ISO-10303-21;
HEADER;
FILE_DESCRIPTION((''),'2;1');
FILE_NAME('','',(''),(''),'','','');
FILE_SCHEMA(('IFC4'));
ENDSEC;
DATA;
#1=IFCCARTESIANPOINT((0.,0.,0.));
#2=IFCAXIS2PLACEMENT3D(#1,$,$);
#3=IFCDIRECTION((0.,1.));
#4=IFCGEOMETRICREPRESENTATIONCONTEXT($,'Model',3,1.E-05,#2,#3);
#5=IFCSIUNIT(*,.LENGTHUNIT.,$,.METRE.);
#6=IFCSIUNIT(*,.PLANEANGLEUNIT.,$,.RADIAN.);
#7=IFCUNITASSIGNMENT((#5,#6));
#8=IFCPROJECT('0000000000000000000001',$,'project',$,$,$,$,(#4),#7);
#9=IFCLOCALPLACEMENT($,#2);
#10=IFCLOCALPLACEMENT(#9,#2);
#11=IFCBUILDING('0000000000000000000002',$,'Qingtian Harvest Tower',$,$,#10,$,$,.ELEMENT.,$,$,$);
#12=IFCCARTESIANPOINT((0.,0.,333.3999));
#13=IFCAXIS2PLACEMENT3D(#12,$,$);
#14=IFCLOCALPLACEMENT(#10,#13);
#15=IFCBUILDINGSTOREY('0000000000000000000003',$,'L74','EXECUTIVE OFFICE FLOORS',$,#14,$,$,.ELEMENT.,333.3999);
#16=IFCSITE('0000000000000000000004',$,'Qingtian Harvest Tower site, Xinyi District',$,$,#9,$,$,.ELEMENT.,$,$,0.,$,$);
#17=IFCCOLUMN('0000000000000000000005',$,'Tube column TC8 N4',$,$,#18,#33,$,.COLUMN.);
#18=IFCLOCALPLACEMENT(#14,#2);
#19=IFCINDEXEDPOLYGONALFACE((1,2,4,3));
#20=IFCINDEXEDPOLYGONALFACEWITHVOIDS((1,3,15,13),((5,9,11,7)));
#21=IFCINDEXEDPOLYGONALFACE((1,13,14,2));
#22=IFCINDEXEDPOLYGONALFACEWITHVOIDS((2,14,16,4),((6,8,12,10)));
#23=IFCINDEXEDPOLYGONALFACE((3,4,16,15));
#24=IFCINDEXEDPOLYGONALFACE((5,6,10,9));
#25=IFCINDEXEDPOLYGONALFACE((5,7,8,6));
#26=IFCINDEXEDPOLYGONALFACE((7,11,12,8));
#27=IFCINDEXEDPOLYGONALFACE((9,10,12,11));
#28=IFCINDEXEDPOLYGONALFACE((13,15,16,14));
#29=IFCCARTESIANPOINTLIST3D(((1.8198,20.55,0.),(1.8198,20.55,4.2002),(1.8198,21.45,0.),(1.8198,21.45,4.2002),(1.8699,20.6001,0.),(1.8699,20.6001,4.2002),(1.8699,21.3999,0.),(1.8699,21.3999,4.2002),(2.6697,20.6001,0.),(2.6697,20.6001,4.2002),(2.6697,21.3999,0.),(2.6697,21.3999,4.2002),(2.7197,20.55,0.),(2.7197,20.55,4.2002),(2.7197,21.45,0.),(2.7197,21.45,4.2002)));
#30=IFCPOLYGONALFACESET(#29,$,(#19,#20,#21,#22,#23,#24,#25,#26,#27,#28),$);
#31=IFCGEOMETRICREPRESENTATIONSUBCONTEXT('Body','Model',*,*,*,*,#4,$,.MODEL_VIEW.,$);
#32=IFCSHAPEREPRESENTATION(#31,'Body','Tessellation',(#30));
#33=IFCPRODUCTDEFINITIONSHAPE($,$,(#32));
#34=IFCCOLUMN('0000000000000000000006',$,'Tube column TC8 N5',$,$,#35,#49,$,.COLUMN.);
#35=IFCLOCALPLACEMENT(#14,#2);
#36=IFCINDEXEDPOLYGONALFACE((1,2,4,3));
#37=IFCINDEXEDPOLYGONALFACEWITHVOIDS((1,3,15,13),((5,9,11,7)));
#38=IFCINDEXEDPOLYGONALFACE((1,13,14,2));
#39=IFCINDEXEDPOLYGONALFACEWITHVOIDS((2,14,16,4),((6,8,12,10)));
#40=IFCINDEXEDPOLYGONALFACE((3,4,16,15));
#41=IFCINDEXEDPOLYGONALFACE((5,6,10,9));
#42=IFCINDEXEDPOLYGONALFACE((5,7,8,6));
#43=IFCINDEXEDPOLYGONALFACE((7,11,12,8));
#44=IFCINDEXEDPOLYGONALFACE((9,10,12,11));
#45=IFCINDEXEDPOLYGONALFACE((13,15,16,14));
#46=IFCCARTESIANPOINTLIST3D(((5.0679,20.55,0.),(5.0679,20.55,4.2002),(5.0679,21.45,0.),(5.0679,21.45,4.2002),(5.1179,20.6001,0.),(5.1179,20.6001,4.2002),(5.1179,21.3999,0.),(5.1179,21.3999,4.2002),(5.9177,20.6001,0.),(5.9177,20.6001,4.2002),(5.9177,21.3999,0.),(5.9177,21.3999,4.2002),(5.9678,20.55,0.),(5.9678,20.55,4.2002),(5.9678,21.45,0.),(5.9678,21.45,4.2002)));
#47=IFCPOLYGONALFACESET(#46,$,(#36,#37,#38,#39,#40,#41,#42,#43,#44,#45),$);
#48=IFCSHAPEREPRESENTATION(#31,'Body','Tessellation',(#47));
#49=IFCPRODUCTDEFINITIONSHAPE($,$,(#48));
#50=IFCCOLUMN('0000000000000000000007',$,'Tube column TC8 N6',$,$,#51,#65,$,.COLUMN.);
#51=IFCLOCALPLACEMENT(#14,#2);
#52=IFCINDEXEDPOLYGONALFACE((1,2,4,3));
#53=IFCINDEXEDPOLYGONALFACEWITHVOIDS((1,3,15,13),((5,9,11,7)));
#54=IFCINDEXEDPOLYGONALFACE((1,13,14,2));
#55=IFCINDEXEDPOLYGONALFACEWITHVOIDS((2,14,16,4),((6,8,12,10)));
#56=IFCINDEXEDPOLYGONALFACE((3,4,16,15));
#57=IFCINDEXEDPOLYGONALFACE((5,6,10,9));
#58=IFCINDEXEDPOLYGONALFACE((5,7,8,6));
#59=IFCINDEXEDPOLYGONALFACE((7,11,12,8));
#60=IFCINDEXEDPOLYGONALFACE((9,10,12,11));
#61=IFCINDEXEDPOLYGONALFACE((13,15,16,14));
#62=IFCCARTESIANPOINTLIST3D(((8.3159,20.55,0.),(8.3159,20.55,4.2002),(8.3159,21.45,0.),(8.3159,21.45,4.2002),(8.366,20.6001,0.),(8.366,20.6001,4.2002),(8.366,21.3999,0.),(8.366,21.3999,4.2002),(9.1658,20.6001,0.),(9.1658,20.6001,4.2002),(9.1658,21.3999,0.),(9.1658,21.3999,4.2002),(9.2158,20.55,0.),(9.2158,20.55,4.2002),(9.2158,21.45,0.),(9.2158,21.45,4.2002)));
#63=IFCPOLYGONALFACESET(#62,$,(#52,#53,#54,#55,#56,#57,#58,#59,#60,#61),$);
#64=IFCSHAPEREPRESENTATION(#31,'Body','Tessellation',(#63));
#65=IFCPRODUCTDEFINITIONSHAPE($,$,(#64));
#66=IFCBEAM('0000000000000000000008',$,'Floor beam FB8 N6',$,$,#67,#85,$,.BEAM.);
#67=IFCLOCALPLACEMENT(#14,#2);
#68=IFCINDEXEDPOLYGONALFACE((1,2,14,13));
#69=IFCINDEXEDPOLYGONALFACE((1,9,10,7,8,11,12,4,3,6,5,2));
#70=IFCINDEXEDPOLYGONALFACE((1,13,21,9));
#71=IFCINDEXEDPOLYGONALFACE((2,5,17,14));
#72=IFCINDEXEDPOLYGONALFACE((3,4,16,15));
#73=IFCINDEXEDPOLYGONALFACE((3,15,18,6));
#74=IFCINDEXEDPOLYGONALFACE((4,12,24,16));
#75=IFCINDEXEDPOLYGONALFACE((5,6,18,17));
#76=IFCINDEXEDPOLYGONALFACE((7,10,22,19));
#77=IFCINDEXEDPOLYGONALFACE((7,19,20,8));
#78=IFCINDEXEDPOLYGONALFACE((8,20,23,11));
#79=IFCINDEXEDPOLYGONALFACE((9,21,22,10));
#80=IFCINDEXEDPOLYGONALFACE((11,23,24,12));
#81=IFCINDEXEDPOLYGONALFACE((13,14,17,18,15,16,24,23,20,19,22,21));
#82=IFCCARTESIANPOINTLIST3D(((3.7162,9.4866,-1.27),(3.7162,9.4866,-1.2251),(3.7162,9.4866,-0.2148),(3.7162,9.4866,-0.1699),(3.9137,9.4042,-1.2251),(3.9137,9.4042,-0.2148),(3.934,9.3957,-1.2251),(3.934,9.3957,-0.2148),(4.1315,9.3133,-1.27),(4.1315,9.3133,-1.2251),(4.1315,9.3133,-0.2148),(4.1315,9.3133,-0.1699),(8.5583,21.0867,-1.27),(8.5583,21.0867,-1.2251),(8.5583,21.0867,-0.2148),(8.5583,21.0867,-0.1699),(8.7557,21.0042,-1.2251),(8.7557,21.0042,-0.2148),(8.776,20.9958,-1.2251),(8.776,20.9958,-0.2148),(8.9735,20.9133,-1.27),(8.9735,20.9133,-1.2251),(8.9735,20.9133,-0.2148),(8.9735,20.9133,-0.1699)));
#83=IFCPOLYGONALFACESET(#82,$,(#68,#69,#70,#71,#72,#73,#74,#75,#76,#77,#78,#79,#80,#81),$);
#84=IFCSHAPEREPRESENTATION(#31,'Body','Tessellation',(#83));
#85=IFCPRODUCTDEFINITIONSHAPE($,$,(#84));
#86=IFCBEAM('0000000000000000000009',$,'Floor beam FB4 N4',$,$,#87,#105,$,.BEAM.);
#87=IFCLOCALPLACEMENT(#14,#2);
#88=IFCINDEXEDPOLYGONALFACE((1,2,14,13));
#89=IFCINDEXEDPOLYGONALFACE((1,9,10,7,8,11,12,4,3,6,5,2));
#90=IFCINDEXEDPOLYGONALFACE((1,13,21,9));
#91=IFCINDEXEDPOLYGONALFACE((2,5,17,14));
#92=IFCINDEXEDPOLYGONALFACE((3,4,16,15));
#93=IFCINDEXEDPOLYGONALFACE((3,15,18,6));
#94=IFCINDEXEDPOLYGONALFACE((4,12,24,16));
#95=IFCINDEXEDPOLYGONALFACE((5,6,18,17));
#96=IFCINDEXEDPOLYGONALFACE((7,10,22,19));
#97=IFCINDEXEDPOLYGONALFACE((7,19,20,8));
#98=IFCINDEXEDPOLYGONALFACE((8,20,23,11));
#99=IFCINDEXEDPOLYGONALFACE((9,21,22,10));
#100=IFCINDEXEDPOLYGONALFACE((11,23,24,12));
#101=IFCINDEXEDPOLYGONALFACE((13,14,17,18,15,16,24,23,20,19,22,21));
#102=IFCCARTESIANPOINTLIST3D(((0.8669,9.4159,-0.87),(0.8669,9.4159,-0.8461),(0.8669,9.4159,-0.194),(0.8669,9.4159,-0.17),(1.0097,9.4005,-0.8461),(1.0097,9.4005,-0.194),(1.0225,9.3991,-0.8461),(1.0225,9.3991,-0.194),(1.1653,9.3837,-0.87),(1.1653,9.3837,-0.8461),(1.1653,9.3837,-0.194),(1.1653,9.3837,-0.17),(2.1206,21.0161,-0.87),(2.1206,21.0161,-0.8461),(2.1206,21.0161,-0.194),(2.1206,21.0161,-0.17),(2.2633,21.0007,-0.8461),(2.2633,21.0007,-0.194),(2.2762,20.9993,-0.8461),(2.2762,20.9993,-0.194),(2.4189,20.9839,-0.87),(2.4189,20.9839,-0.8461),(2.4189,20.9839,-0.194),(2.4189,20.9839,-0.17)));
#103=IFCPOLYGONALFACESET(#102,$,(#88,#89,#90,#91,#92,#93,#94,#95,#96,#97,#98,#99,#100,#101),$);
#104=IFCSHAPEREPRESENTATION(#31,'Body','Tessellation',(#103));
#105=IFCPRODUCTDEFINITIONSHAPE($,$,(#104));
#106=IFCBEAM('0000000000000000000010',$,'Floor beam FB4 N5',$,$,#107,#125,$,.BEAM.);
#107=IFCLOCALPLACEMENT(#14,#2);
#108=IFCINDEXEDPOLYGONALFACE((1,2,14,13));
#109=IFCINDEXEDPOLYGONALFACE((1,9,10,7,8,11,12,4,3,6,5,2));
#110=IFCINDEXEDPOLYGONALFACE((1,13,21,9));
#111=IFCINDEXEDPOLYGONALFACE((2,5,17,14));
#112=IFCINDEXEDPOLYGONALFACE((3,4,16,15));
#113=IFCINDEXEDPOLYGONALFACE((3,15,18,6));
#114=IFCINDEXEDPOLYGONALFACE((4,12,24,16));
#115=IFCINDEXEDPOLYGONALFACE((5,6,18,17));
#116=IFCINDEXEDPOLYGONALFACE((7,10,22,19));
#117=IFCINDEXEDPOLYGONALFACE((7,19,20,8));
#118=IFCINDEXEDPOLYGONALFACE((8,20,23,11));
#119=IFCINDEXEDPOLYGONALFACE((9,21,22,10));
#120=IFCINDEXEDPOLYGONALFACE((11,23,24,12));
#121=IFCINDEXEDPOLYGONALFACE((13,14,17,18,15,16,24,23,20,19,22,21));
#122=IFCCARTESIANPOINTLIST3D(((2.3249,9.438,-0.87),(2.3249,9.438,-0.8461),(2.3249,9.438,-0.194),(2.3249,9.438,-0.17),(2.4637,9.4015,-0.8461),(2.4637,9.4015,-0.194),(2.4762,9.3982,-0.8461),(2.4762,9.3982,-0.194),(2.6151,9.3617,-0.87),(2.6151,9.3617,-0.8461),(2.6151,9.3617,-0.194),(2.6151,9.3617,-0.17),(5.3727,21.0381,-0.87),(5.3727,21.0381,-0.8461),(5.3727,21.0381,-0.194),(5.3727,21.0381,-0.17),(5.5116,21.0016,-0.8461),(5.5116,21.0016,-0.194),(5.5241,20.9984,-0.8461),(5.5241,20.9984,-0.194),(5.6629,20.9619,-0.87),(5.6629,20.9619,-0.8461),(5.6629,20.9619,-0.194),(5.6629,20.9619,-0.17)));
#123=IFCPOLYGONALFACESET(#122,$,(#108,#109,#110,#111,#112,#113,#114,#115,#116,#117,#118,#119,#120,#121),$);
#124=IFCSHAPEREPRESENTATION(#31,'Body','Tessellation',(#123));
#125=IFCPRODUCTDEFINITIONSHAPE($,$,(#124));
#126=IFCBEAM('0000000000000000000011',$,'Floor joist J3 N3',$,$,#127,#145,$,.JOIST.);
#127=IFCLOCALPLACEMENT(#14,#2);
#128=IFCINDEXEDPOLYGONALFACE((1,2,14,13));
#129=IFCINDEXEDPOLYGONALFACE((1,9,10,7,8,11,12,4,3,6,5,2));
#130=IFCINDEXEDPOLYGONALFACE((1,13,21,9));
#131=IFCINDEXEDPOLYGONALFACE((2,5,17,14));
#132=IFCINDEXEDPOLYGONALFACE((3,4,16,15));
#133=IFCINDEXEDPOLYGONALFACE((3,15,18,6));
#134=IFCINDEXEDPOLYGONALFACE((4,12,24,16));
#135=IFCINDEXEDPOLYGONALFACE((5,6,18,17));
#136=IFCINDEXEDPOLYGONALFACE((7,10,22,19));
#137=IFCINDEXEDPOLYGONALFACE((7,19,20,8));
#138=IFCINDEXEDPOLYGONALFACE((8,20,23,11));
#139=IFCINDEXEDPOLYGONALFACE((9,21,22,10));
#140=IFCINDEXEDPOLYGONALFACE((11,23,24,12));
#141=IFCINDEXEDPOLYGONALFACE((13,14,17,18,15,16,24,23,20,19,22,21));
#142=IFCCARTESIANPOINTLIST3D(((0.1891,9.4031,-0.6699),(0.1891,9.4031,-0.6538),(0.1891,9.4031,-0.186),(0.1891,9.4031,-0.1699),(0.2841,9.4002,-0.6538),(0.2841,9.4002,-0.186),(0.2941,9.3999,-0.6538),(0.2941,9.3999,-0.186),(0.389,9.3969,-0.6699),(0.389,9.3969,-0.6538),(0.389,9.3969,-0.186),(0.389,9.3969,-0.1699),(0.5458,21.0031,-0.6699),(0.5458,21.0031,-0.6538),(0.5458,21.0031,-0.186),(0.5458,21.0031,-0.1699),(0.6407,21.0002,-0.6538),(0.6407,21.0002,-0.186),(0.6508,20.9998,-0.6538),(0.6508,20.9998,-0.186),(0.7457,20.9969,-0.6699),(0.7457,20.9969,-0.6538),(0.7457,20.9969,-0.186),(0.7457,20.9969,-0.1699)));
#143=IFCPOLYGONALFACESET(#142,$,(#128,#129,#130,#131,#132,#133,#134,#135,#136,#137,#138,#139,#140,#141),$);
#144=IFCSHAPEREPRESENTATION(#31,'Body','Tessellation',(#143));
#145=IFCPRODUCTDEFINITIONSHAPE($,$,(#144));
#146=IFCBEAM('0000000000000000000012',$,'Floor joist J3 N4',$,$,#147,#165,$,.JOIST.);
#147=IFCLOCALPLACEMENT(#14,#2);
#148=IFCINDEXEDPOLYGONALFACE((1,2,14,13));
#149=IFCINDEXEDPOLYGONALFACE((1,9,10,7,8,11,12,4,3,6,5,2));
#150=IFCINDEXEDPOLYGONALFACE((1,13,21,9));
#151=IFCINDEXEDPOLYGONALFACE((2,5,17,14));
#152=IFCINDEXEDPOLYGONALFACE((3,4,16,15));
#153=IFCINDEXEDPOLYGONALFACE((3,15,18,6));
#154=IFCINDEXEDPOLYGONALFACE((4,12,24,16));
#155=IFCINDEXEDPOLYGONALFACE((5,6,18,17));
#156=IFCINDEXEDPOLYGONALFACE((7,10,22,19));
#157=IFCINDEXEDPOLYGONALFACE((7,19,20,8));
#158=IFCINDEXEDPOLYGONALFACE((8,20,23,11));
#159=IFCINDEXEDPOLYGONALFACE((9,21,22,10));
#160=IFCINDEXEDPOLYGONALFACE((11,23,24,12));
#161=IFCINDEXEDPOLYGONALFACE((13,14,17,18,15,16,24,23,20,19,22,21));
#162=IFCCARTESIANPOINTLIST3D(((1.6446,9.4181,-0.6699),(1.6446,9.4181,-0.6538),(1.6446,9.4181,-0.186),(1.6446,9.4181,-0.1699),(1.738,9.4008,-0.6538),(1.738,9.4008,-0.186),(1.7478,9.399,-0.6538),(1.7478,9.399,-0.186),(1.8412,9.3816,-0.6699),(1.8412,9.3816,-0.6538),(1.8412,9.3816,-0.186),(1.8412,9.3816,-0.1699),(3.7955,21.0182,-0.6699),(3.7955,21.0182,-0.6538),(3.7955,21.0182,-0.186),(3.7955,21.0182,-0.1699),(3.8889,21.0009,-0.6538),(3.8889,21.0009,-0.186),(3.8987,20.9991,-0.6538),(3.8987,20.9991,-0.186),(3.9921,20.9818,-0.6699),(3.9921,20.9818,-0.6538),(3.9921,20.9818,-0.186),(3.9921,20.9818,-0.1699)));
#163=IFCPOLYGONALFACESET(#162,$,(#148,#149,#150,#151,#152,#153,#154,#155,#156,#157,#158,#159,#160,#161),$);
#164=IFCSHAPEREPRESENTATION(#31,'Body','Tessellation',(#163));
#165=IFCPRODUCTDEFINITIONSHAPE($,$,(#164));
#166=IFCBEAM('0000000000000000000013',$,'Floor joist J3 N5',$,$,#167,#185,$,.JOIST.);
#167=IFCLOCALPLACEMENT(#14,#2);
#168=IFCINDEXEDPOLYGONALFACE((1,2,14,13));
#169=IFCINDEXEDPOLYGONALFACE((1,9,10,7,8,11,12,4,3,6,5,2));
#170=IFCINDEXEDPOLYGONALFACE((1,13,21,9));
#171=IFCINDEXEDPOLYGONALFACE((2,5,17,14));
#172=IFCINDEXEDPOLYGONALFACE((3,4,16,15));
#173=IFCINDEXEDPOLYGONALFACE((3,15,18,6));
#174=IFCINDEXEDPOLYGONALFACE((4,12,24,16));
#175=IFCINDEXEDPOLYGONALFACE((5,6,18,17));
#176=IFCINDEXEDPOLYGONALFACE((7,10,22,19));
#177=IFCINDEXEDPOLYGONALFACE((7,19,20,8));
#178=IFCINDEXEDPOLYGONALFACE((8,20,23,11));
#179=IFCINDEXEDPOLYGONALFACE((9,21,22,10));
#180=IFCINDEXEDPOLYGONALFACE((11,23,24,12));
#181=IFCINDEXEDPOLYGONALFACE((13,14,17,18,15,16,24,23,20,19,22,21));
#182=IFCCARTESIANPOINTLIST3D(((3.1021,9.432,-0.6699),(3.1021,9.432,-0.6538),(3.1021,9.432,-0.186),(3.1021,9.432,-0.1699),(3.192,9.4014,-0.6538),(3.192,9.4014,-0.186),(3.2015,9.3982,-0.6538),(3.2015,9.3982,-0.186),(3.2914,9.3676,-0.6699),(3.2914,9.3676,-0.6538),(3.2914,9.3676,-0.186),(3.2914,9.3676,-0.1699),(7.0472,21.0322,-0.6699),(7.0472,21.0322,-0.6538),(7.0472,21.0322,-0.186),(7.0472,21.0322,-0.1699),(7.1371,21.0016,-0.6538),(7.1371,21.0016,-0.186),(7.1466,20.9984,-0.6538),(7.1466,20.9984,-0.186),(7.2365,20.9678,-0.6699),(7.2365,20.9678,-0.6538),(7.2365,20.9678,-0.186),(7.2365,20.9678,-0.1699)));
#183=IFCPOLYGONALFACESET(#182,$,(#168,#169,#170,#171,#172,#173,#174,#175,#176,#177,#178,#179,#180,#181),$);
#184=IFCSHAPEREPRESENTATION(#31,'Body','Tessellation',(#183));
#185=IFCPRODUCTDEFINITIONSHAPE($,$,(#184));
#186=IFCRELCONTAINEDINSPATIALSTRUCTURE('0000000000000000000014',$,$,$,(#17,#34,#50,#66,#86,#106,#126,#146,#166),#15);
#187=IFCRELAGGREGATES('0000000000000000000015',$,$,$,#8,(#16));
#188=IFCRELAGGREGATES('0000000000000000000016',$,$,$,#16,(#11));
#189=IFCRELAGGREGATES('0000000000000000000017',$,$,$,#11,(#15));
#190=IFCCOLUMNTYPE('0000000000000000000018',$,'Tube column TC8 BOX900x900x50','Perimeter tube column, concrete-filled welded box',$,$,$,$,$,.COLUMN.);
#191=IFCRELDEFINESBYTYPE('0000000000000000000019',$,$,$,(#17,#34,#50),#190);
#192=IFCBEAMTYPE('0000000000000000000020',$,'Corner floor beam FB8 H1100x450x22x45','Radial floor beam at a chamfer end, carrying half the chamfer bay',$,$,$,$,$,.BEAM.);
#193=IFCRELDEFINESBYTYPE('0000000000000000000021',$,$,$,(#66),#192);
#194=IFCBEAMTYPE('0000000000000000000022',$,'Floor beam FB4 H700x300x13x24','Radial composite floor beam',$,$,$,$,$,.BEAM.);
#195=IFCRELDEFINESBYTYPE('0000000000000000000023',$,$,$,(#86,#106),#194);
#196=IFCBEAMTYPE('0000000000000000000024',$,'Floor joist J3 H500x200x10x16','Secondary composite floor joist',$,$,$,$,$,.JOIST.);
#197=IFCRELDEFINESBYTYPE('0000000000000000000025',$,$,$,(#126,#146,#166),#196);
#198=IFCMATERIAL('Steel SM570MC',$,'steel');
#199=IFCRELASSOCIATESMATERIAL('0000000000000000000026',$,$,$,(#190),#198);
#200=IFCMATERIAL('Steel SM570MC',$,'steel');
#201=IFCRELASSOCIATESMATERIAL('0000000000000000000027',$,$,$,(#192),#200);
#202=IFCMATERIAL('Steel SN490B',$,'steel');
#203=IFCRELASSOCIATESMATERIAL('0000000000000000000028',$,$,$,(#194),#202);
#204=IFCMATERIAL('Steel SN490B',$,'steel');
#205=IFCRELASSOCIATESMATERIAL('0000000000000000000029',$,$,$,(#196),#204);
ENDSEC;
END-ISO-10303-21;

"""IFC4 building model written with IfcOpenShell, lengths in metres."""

from ifc_helpers import new_model, si_unit, direction, frame, origin, origin_2d, place, context, subcontext, project, spatial, hollow_rectangle, i_section, extrude, material, material_profile, profile_set, type_object, element, save


model = new_model("IFC4")

# Units and contexts
model_context = context("Model", 3, precision=1e-05, world=origin(), true_north=direction((0.0, 1.0)))
body_context = subcontext(model_context, "Body", "Model", "MODEL_VIEW")
ifc_project = project(units=[si_unit("LENGTHUNIT", "METRE"), si_unit("PLANEANGLEUNIT", "RADIAN")], contexts=[model_context])

# Site, building, storey
site_placement = place(None, origin())
site = spatial("IfcSite", under=ifc_project, at=site_placement, Name="Qingtian Harvest Tower site, Xinyi District", CompositionType="ELEMENT", RefElevation=0.0)
building_placement = place(site_placement, origin())
building = spatial("IfcBuilding", under=site, at=building_placement, Name="Qingtian Harvest Tower", CompositionType="ELEMENT")
storey_placement = place(building_placement, frame((0.0, 0.0, 333.3999)))
storey = spatial("IfcBuildingStorey", under=building, at=storey_placement, Name="L74", Description="EXECUTIVE OFFICE FLOORS", CompositionType="ELEMENT", Elevation=333.3999)

# Columns
ifc_material_1 = material(Name="Steel SM570MC", Category="steel")
ifc_material_profile_1 = material_profile(ifc_material_1, hollow_rectangle(XDim=0.8999, YDim=0.8999, WallThickness=0.05, at=origin_2d()), Name="BOX900x900x50")
ifc_profile_set_1 = profile_set([ifc_material_profile_1], Name="Steel SM570MC")
column_type = type_object("IfcColumnType", Name="Tube column TC8 BOX900x900x50", Description="Perimeter tube column, concrete-filled welded box", PredefinedType="COLUMN", material=ifc_profile_set_1)
for number, where, z_axis, x_axis, name in (
    (1, (2.2698, 21.0, 0.0), (0.0, 0.0, 1.0), (-1.0, 0.0, 0.0), "Tube column TC8 N4"),
    (2, (5.5178, 21.0, 0.0), (0.0, 0.0, 1.0), (-1.0, 0.0, 0.0), "Tube column TC8 N5"),
    (3, (8.7659, 21.0, 0.0), (0.0, 0.0, 1.0), (-1.0, 0.0, 0.0), "Tube column TC8 N6"),
):
    element("IfcColumn", number, at=place(storey_placement, frame(where, z_axis=z_axis, x_axis=x_axis)), inside=storey, type_object=column_type, Name=name, PredefinedType="COLUMN", context=body_context, shape_type="SweptSolid", body=[
        extrude(hollow_rectangle(XDim=0.8999, YDim=0.8999, WallThickness=0.05, at=origin_2d()), origin(), (0.0, 0.0, 1.0), 4.2002),
    ])

# Beams
ifc_material_2 = material(Name="Steel SM570MC", Category="steel")
ifc_material_profile_2 = material_profile(ifc_material_2, i_section(OverallWidth=0.45, OverallDepth=1.1001, WebThickness=0.022, FlangeThickness=0.0449, at=origin_2d()), Name="H1100x450x22x45")
ifc_profile_set_2 = profile_set([ifc_material_profile_2], Name="Steel SM570MC")
beam_type_1 = type_object("IfcBeamType", Name="Corner floor beam FB8 H1100x450x22x45", Description="Radial floor beam at a chamfer end, carrying half the chamfer bay", PredefinedType="BEAM", material=ifc_profile_set_2)
beam_1_placement = place(storey_placement, frame((8.7659, 21.0, -0.72), z_axis=(-0.385203, -0.922832, 0.0), x_axis=(0.922832, -0.385203, 0.0)))
element("IfcBeam", 4, at=beam_1_placement, inside=storey, type_object=beam_type_1, Name="Floor beam FB8 N6", PredefinedType="BEAM", context=body_context, shape_type="SweptSolid", body=[
    extrude(i_section(OverallWidth=0.45, OverallDepth=1.1001, WebThickness=0.022, FlangeThickness=0.0449, at=origin_2d()), origin(), (0.0, 0.0, 1.0), 12.5701),
])
ifc_material_3 = material(Name="Steel SN490B", Category="steel")
ifc_material_profile_3 = material_profile(ifc_material_3, i_section(OverallWidth=0.3, OverallDepth=0.7, WebThickness=0.0129, FlangeThickness=0.0239, at=origin_2d()), Name="H700x300x13x24")
ifc_profile_set_3 = profile_set([ifc_material_profile_3], Name="Steel SN490B")
beam_type_2 = type_object("IfcBeamType", Name="Floor beam FB4 H700x300x13x24", Description="Radial composite floor beam", PredefinedType="BEAM", material=ifc_profile_set_3)
beam_2_placement = place(storey_placement, frame((2.2698, 21.0, -0.52), z_axis=(-0.107448, -0.994211, 0.0), x_axis=(0.994211, -0.107448, 0.0)))
element("IfcBeam", 5, at=beam_2_placement, inside=storey, type_object=beam_type_2, Name="Floor beam FB4 N4", PredefinedType="BEAM", context=body_context, shape_type="SweptSolid", body=[
    extrude(i_section(OverallWidth=0.3, OverallDepth=0.7, WebThickness=0.0129, FlangeThickness=0.0239, at=origin_2d()), origin(), (0.0, 0.0, 1.0), 11.6677),
])
beam_3_placement = place(storey_placement, frame((5.5178, 21.0, -0.52), z_axis=(-0.254119, -0.967173, 0.0), x_axis=(0.967173, -0.254119, 0.0)))
element("IfcBeam", 6, at=beam_3_placement, inside=storey, type_object=beam_type_2, Name="Floor beam FB4 N5", PredefinedType="BEAM", context=body_context, shape_type="SweptSolid", body=[
    extrude(i_section(OverallWidth=0.3, OverallDepth=0.7, WebThickness=0.0129, FlangeThickness=0.0239, at=origin_2d()), origin(), (0.0, 0.0, 1.0), 11.9939),
])
ifc_material_4 = material(Name="Steel SN490B", Category="steel")
ifc_material_profile_4 = material_profile(ifc_material_4, i_section(OverallWidth=0.2, OverallDepth=0.5, WebThickness=0.01, FlangeThickness=0.0161, at=origin_2d()), Name="H500x200x10x16")
ifc_profile_set_4 = profile_set([ifc_material_profile_4], Name="Steel SN490B")
beam_type_3 = type_object("IfcBeamType", Name="Floor joist J3 H500x200x10x16", Description="Secondary composite floor joist", PredefinedType="JOIST", material=ifc_profile_set_4)
beam_4_placement = place(storey_placement, frame((0.6458, 21.0, -0.4199), z_axis=(-0.030734, -0.999528, 0.0), x_axis=(0.999528, -0.030734, 0.0)))
element("IfcBeam", 7, at=beam_4_placement, inside=storey, type_object=beam_type_3, Name="Floor joist J3 N3", PredefinedType="JOIST", context=body_context, shape_type="SweptSolid", body=[
    extrude(i_section(OverallWidth=0.2, OverallDepth=0.5, WebThickness=0.01, FlangeThickness=0.0161, at=origin_2d()), origin(), (0.0, 0.0, 1.0), 11.6055),
])
beam_5_placement = place(storey_placement, frame((3.8938, 21.0, -0.4199), z_axis=(-0.182312, -0.983241, 0.0), x_axis=(0.983241, -0.182312, 0.0)))
element("IfcBeam", 8, at=beam_5_placement, inside=storey, type_object=beam_type_3, Name="Floor joist J3 N4", PredefinedType="JOIST", context=body_context, shape_type="SweptSolid", body=[
    extrude(i_section(OverallWidth=0.2, OverallDepth=0.5, WebThickness=0.01, FlangeThickness=0.0161, at=origin_2d()), origin(), (0.0, 0.0, 1.0), 11.7979),
])
beam_6_placement = place(storey_placement, frame((7.1418, 21.0, -0.4199), z_axis=(-0.321978, -0.946747, 0.0), x_axis=(0.946747, -0.321978, 0.0)))
element("IfcBeam", 9, at=beam_6_placement, inside=storey, type_object=beam_type_3, Name="Floor joist J3 N5", PredefinedType="JOIST", context=body_context, shape_type="SweptSolid", body=[
    extrude(i_section(OverallWidth=0.2, OverallDepth=0.5, WebThickness=0.01, FlangeThickness=0.0161, at=origin_2d()), origin(), (0.0, 0.0, 1.0), 12.2527),
])

save(model, "model.ifc")
